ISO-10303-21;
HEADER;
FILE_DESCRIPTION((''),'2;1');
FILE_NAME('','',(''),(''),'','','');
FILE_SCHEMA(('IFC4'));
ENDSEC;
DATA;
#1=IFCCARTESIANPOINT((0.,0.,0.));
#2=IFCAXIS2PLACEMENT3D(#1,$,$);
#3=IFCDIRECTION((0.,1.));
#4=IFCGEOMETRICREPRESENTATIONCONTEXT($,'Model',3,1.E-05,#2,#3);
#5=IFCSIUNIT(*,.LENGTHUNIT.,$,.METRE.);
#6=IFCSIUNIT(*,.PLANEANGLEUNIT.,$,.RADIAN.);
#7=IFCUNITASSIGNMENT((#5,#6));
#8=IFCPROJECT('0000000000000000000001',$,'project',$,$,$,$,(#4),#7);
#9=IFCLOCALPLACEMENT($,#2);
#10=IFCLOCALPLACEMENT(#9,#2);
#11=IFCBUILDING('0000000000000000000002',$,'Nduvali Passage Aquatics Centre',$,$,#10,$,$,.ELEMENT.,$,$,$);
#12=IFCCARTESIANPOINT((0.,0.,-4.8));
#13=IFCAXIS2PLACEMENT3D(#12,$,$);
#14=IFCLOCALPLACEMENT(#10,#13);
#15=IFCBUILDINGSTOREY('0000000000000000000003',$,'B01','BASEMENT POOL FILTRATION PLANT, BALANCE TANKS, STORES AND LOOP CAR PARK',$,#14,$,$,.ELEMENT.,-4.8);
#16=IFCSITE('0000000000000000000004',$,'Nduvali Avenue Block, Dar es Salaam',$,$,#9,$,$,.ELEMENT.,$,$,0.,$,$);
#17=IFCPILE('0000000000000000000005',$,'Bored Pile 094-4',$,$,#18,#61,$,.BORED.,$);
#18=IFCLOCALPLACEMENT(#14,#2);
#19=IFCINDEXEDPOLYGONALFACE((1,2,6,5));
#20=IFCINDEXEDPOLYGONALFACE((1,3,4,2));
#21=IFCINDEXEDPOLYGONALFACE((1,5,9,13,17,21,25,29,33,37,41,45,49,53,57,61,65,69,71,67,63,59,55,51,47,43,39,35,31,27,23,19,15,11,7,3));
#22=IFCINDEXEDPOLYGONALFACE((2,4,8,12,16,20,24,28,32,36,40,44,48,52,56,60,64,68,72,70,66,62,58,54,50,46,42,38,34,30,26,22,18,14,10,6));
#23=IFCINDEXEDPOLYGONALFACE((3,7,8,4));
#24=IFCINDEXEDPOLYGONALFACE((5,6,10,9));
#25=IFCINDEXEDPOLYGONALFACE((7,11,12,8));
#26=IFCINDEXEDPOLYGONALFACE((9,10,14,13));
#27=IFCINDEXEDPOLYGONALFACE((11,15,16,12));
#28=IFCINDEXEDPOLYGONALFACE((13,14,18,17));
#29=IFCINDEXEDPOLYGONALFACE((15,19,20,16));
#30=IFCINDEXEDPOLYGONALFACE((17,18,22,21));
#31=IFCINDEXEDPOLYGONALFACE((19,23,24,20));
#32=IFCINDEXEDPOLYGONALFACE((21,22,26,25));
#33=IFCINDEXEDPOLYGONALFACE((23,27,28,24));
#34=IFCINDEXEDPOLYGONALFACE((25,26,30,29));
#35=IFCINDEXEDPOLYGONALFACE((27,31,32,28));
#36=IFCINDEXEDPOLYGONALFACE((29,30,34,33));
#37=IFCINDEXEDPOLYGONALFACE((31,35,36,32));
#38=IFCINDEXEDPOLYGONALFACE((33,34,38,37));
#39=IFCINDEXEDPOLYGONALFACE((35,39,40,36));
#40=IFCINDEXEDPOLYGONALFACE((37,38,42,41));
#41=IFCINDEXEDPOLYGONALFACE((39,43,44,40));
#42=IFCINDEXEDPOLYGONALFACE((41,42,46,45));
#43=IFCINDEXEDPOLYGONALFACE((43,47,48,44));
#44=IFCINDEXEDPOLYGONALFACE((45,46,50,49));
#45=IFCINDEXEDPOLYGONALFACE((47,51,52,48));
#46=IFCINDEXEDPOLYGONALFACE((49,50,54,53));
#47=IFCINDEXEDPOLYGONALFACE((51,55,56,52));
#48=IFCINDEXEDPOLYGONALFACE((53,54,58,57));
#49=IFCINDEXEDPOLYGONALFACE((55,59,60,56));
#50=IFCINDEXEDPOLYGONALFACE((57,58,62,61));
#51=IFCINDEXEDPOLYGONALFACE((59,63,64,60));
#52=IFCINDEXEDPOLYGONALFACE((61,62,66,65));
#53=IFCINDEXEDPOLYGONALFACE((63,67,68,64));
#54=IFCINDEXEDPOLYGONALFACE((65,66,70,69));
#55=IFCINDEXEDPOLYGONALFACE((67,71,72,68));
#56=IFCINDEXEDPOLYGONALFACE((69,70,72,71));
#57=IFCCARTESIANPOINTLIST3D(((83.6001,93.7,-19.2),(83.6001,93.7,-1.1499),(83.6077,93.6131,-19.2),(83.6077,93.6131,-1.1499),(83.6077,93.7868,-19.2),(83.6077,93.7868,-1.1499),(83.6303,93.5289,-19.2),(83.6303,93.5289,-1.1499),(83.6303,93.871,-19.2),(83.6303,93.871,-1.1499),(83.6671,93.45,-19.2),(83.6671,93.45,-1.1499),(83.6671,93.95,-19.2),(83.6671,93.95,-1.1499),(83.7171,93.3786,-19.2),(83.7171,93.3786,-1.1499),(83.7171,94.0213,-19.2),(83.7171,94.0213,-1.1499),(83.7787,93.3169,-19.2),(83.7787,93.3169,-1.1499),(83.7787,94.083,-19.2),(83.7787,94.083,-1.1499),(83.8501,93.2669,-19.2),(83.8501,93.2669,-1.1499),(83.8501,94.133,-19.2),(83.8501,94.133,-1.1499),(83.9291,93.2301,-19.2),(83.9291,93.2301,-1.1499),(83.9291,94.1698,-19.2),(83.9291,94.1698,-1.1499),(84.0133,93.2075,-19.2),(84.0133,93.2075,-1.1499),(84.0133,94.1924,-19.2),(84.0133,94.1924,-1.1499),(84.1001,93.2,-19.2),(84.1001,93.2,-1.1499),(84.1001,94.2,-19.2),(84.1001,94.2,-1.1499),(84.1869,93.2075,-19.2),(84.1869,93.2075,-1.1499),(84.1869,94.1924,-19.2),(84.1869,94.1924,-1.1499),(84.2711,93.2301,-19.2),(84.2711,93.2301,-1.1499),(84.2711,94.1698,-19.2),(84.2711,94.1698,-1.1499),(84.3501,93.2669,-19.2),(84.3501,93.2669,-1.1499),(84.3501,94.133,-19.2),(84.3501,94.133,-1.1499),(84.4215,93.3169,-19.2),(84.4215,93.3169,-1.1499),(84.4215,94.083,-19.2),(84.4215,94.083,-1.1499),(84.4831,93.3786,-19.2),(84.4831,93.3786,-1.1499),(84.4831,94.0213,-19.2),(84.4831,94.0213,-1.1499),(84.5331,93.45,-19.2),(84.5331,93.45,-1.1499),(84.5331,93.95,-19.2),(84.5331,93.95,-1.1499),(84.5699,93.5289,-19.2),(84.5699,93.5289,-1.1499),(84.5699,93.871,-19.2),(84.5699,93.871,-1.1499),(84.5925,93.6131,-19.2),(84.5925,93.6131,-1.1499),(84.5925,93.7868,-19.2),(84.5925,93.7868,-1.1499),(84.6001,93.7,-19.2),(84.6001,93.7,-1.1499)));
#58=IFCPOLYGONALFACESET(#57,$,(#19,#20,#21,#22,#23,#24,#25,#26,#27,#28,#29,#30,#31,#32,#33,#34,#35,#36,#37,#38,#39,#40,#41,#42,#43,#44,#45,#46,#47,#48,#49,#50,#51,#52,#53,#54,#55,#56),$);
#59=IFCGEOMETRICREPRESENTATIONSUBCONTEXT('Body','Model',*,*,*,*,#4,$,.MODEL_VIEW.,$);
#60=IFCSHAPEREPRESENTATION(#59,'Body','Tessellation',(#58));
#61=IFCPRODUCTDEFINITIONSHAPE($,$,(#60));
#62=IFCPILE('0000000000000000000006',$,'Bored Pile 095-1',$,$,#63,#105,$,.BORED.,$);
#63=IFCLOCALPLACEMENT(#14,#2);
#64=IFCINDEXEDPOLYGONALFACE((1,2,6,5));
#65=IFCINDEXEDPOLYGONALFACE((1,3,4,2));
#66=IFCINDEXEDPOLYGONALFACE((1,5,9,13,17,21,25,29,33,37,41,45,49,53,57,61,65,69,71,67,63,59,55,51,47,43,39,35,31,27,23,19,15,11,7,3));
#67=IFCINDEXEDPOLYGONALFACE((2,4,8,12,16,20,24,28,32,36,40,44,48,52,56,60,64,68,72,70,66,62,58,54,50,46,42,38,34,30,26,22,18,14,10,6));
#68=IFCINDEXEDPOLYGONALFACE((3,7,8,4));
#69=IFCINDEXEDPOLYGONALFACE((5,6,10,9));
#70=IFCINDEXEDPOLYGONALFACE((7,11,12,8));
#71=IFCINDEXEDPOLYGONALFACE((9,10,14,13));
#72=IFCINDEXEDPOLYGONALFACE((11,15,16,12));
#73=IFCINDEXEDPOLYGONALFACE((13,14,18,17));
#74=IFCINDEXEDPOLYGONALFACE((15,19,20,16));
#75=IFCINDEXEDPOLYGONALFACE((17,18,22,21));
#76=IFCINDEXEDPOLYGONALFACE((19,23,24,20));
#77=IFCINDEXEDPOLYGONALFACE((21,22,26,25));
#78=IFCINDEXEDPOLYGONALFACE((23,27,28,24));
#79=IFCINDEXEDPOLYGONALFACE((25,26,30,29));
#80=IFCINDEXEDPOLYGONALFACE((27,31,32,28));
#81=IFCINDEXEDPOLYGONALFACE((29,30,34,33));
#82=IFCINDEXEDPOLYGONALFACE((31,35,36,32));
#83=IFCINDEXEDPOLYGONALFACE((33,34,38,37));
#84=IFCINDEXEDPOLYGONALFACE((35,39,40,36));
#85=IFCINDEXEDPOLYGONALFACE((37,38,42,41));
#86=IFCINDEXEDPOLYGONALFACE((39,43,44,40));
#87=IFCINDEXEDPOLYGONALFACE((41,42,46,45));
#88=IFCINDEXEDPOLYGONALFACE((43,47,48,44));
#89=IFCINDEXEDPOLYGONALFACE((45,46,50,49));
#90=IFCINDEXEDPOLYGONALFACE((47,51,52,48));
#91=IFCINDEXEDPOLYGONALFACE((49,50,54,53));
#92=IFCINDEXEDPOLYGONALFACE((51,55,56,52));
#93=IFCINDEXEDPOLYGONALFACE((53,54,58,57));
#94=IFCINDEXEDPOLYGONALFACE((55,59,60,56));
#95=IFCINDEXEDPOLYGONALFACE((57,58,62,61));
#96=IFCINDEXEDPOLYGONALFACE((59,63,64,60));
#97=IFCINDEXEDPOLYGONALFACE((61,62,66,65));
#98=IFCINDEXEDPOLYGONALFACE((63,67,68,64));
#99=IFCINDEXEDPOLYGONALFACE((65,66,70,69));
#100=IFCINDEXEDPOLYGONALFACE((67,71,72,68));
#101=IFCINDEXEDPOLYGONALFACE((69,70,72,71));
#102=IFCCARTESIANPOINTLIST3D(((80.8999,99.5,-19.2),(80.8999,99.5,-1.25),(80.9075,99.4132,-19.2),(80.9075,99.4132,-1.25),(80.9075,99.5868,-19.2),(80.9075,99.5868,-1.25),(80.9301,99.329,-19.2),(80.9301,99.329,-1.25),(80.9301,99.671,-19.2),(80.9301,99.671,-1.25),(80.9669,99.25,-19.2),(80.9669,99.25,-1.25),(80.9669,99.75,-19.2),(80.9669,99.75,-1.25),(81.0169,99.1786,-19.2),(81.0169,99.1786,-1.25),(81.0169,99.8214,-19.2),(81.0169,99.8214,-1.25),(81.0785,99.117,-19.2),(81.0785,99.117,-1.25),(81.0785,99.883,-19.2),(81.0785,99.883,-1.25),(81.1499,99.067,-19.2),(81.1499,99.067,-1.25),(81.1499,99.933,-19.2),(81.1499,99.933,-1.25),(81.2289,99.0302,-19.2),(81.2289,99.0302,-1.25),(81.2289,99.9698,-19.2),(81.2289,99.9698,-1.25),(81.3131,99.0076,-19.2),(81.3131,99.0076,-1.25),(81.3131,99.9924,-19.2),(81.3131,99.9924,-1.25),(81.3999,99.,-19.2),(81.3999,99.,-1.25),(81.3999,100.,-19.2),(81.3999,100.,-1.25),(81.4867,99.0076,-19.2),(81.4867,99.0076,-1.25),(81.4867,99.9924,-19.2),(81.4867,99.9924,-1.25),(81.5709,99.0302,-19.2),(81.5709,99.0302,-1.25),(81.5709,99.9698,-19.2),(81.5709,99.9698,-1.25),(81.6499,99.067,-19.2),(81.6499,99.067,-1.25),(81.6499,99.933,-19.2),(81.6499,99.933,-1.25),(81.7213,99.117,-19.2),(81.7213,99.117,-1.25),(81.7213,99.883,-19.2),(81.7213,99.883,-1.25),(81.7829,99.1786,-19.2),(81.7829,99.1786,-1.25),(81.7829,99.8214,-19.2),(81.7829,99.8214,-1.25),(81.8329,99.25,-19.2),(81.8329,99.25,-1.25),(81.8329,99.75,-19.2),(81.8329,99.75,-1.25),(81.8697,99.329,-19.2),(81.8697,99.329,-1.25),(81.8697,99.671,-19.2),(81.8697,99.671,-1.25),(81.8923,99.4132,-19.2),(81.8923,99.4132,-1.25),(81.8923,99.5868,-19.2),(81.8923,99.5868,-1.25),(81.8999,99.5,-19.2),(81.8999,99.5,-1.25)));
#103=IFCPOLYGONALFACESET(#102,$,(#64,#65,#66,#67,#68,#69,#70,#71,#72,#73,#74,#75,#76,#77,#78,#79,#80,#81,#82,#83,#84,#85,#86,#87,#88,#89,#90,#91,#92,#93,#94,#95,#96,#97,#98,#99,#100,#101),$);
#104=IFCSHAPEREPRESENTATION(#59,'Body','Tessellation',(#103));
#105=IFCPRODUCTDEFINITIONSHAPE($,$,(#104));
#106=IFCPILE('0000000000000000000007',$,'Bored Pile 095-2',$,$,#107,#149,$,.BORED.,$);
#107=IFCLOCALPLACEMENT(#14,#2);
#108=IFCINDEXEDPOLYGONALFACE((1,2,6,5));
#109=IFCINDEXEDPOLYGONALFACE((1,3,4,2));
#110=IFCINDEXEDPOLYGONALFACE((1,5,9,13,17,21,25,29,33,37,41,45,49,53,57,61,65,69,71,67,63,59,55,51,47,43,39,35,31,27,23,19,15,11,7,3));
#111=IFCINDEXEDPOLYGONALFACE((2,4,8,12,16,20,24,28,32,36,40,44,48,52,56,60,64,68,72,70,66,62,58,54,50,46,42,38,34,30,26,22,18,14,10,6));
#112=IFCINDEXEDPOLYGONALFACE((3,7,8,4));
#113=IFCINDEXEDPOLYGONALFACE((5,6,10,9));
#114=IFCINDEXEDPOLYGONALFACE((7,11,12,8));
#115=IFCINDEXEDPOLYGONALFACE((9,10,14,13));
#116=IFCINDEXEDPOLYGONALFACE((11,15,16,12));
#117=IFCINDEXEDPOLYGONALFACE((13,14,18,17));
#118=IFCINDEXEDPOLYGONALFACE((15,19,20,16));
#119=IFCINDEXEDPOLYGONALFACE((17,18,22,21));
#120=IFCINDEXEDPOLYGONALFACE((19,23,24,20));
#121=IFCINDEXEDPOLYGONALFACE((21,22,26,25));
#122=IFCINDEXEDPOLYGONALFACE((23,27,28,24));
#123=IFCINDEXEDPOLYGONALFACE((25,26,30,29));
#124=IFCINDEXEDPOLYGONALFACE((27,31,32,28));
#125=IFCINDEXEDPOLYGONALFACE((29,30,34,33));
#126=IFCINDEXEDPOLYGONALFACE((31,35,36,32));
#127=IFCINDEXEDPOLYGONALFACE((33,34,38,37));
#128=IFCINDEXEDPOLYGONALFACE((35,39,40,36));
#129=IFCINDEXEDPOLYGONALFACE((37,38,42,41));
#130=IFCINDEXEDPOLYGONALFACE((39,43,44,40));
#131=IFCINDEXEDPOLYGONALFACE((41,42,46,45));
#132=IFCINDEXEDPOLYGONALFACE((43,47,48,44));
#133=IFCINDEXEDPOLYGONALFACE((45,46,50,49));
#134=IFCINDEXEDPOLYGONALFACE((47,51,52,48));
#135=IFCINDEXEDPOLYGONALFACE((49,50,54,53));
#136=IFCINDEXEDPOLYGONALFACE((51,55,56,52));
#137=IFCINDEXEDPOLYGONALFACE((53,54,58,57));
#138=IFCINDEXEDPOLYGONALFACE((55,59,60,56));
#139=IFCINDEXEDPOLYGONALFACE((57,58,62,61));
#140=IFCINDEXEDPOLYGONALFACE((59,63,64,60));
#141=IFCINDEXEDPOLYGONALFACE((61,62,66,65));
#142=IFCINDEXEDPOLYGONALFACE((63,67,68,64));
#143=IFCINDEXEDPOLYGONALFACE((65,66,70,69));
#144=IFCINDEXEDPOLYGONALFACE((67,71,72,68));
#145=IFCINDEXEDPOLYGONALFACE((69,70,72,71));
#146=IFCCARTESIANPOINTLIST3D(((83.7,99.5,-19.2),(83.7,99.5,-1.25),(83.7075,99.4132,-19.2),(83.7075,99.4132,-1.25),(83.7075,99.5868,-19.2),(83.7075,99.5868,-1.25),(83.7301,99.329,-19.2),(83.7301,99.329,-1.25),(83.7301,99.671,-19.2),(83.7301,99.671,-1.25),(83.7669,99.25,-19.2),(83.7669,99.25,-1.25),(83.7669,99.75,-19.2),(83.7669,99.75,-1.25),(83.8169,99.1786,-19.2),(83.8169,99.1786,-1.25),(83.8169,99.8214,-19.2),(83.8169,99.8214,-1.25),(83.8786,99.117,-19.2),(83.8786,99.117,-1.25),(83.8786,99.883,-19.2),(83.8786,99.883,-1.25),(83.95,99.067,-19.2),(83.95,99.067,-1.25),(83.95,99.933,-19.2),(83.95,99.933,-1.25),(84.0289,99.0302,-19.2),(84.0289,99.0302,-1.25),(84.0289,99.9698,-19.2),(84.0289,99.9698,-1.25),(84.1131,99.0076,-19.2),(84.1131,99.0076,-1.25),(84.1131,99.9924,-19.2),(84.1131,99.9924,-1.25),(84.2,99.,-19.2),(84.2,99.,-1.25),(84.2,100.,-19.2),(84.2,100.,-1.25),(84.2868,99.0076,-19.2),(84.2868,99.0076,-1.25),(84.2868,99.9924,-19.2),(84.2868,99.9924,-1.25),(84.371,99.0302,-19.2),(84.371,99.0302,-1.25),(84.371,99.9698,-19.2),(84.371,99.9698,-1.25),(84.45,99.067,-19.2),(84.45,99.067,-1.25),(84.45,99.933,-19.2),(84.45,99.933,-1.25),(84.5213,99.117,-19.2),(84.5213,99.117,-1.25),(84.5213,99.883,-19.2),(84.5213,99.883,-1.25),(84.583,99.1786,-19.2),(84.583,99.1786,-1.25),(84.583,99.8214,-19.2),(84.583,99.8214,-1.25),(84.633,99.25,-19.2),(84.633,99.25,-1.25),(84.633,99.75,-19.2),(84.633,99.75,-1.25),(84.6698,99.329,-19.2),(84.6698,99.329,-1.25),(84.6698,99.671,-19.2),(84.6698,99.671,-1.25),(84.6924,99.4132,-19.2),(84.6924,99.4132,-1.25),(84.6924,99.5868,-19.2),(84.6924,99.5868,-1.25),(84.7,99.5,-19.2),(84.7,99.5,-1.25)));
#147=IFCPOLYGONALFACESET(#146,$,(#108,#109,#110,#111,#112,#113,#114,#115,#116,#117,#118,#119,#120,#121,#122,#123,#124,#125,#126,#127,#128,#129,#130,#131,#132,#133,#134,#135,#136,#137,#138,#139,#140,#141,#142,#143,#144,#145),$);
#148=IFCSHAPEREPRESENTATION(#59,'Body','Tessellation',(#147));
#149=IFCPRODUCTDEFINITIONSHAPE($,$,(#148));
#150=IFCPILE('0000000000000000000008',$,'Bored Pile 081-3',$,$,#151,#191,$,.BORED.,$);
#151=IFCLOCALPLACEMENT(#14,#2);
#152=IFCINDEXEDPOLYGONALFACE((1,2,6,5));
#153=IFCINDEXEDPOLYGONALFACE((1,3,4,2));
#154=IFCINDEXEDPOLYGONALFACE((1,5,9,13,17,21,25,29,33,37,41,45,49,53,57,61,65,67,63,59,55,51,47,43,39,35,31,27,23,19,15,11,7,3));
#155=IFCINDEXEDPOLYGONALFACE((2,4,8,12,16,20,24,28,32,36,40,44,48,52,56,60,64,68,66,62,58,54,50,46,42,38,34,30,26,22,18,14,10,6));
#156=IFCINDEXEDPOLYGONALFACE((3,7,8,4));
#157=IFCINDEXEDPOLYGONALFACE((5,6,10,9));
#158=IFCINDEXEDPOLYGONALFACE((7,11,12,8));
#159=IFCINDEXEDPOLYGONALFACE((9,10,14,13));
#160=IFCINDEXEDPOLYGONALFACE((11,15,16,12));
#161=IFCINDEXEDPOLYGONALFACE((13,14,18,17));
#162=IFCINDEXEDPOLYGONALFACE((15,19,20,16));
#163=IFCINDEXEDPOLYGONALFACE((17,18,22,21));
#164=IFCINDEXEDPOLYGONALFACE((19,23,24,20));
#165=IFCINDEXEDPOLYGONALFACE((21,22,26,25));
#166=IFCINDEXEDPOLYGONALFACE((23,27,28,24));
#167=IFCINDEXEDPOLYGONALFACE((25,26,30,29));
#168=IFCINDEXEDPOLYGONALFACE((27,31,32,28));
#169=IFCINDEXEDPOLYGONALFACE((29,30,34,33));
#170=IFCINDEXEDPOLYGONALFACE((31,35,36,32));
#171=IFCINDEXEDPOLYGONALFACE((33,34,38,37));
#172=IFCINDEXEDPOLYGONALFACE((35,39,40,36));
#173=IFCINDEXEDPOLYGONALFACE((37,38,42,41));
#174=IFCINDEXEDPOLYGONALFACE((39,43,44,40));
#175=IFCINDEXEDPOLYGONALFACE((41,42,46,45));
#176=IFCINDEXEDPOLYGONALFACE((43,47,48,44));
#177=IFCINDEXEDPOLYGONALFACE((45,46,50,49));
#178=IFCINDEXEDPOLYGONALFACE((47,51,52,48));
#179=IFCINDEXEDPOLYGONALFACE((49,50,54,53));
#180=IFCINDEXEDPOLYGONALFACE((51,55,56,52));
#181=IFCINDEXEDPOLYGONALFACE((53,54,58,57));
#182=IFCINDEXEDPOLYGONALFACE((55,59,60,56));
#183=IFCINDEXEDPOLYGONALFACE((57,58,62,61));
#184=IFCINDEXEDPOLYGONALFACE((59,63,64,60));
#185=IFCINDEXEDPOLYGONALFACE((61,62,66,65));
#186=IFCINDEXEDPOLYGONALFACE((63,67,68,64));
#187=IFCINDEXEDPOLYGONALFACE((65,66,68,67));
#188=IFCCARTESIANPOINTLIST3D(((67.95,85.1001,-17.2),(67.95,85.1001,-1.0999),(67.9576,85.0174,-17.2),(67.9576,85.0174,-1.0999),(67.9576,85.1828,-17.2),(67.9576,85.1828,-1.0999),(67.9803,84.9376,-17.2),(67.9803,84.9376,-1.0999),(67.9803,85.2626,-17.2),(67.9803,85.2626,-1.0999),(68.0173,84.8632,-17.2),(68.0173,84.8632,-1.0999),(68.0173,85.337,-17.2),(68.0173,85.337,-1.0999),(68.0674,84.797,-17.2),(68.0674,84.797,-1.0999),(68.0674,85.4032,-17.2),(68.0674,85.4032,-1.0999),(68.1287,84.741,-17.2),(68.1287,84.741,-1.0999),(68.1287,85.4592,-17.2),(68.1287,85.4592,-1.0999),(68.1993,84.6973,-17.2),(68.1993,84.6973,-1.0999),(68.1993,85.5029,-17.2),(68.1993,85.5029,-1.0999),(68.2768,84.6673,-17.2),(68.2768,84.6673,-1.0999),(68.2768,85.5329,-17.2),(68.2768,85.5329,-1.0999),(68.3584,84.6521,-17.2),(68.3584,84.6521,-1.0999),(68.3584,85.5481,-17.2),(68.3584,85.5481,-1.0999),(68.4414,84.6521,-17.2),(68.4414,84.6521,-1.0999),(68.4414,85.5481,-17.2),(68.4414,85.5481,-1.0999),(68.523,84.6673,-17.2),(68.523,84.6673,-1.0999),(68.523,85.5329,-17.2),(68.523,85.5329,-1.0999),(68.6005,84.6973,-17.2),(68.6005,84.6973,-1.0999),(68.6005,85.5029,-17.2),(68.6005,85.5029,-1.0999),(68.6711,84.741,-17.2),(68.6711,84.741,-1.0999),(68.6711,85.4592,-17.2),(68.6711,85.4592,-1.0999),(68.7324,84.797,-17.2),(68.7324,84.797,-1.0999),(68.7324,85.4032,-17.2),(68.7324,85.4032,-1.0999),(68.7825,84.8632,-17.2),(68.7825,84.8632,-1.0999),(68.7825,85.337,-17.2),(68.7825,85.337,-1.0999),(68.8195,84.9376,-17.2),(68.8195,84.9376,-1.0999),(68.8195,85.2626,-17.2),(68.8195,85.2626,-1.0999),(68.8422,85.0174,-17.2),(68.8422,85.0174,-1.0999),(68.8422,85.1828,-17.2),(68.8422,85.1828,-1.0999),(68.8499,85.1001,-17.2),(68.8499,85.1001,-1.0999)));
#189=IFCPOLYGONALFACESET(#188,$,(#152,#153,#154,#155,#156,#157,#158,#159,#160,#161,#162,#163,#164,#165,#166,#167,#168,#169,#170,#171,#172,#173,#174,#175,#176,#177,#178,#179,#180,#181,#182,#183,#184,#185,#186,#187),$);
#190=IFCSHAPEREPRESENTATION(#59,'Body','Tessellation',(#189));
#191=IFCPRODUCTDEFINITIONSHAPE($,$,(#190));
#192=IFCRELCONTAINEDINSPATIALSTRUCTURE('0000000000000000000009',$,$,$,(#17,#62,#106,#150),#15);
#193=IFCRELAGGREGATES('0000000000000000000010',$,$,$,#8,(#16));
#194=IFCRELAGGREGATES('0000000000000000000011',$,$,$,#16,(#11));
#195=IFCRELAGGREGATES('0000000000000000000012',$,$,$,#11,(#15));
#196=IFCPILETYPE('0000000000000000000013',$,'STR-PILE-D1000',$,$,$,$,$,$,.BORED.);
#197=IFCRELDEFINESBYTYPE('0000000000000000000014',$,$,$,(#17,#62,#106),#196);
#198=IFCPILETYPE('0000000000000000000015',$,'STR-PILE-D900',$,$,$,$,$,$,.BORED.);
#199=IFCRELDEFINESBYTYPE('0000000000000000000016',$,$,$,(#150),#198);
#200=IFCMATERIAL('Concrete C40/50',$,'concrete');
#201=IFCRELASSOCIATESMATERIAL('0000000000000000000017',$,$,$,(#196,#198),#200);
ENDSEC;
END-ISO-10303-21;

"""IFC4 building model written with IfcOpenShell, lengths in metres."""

from ifc_helpers import new_model, si_unit, direction, frame, origin, origin_2d, place, context, subcontext, project, spatial, circle, extrude, material, material_profile, profile_set, type_object, element, save


model = new_model("IFC4")

# Units and contexts
model_context = context("Model", 3, precision=1e-05, world=origin(), true_north=direction((0.0, 1.0)))
body_context = subcontext(model_context, "Body", "Model", "MODEL_VIEW")
ifc_project = project(units=[si_unit("LENGTHUNIT", "METRE"), si_unit("PLANEANGLEUNIT", "RADIAN")], contexts=[model_context])

# Site, building, storey
site_placement = place(None, origin())
site = spatial("IfcSite", under=ifc_project, at=site_placement, Name="Nduvali Avenue Block, Dar es Salaam", CompositionType="ELEMENT", RefElevation=0.0)
building_placement = place(site_placement, origin())
building = spatial("IfcBuilding", under=site, at=building_placement, Name="Nduvali Passage Aquatics Centre", CompositionType="ELEMENT")
storey_placement = place(building_placement, frame((0.0, 0.0, -4.8)))
storey = spatial("IfcBuildingStorey", under=building, at=storey_placement, Name="B01", Description="BASEMENT POOL FILTRATION PLANT, BALANCE TANKS, STORES AND LOOP CAR PARK", CompositionType="ELEMENT", Elevation=-4.8)

# Shared definitions
ifc_material = material(Name="Concrete C40/50", Category="concrete")

# Piles
ifc_material_profile_1 = material_profile(ifc_material, circle(Radius=0.5, at=origin_2d()), Name="PILE D1000")
ifc_profile_set_1 = profile_set([ifc_material_profile_1], Name="Concrete C40/50")
pile_type_1 = type_object("IfcPileType", Name="STR-PILE-D1000", PredefinedType="BORED", material=ifc_profile_set_1)
for number, where, z_axis, x_axis, name in (
    (1, (84.1001, 93.7, -1.1499), (0.0, 0.0, -1.0), (1.0, 0.0, 0.0), "Bored Pile 094-4"),
):
    element("IfcPile", number, at=place(storey_placement, frame(where, z_axis=z_axis, x_axis=x_axis)), inside=storey, type_object=pile_type_1, Name=name, PredefinedType="BORED", context=body_context, shape_type="SweptSolid", body=[
        extrude(circle(Radius=0.5, at=origin_2d()), origin(), (0.0, 0.0, 1.0), 18.05),
    ])
for number, where, z_axis, x_axis, name in (
    (2, (81.3999, 99.5, -1.25), (0.0, 0.0, -1.0), (1.0, 0.0, 0.0), "Bored Pile 095-1"),
    (3, (84.2, 99.5, -1.25), (0.0, 0.0, -1.0), (1.0, 0.0, 0.0), "Bored Pile 095-2"),
):
    element("IfcPile", number, at=place(storey_placement, frame(where, z_axis=z_axis, x_axis=x_axis)), inside=storey, type_object=pile_type_1, Name=name, PredefinedType="BORED", context=body_context, shape_type="SweptSolid", body=[
        extrude(circle(Radius=0.5, at=origin_2d()), origin(), (0.0, 0.0, 1.0), 17.95),
    ])
ifc_material_profile_2 = material_profile(ifc_material, circle(Radius=0.45, at=origin_2d()), Name="PILE D900")
ifc_profile_set_2 = profile_set([ifc_material_profile_2], Name="Concrete C40/50")
pile_type_2 = type_object("IfcPileType", Name="STR-PILE-D900", PredefinedType="BORED", material=ifc_profile_set_2)
for number, where, z_axis, x_axis, name in (
    (4, (68.3999, 85.1001, -1.0999), (0.0, 0.0, -1.0), (1.0, 0.0, 0.0), "Bored Pile 081-3"),
):
    element("IfcPile", number, at=place(storey_placement, frame(where, z_axis=z_axis, x_axis=x_axis)), inside=storey, type_object=pile_type_2, Name=name, PredefinedType="BORED", context=body_context, shape_type="SweptSolid", body=[
        extrude(circle(Radius=0.45, at=origin_2d()), origin(), (0.0, 0.0, 1.0), 16.1001),
    ])

save(model, "model.ifc")
